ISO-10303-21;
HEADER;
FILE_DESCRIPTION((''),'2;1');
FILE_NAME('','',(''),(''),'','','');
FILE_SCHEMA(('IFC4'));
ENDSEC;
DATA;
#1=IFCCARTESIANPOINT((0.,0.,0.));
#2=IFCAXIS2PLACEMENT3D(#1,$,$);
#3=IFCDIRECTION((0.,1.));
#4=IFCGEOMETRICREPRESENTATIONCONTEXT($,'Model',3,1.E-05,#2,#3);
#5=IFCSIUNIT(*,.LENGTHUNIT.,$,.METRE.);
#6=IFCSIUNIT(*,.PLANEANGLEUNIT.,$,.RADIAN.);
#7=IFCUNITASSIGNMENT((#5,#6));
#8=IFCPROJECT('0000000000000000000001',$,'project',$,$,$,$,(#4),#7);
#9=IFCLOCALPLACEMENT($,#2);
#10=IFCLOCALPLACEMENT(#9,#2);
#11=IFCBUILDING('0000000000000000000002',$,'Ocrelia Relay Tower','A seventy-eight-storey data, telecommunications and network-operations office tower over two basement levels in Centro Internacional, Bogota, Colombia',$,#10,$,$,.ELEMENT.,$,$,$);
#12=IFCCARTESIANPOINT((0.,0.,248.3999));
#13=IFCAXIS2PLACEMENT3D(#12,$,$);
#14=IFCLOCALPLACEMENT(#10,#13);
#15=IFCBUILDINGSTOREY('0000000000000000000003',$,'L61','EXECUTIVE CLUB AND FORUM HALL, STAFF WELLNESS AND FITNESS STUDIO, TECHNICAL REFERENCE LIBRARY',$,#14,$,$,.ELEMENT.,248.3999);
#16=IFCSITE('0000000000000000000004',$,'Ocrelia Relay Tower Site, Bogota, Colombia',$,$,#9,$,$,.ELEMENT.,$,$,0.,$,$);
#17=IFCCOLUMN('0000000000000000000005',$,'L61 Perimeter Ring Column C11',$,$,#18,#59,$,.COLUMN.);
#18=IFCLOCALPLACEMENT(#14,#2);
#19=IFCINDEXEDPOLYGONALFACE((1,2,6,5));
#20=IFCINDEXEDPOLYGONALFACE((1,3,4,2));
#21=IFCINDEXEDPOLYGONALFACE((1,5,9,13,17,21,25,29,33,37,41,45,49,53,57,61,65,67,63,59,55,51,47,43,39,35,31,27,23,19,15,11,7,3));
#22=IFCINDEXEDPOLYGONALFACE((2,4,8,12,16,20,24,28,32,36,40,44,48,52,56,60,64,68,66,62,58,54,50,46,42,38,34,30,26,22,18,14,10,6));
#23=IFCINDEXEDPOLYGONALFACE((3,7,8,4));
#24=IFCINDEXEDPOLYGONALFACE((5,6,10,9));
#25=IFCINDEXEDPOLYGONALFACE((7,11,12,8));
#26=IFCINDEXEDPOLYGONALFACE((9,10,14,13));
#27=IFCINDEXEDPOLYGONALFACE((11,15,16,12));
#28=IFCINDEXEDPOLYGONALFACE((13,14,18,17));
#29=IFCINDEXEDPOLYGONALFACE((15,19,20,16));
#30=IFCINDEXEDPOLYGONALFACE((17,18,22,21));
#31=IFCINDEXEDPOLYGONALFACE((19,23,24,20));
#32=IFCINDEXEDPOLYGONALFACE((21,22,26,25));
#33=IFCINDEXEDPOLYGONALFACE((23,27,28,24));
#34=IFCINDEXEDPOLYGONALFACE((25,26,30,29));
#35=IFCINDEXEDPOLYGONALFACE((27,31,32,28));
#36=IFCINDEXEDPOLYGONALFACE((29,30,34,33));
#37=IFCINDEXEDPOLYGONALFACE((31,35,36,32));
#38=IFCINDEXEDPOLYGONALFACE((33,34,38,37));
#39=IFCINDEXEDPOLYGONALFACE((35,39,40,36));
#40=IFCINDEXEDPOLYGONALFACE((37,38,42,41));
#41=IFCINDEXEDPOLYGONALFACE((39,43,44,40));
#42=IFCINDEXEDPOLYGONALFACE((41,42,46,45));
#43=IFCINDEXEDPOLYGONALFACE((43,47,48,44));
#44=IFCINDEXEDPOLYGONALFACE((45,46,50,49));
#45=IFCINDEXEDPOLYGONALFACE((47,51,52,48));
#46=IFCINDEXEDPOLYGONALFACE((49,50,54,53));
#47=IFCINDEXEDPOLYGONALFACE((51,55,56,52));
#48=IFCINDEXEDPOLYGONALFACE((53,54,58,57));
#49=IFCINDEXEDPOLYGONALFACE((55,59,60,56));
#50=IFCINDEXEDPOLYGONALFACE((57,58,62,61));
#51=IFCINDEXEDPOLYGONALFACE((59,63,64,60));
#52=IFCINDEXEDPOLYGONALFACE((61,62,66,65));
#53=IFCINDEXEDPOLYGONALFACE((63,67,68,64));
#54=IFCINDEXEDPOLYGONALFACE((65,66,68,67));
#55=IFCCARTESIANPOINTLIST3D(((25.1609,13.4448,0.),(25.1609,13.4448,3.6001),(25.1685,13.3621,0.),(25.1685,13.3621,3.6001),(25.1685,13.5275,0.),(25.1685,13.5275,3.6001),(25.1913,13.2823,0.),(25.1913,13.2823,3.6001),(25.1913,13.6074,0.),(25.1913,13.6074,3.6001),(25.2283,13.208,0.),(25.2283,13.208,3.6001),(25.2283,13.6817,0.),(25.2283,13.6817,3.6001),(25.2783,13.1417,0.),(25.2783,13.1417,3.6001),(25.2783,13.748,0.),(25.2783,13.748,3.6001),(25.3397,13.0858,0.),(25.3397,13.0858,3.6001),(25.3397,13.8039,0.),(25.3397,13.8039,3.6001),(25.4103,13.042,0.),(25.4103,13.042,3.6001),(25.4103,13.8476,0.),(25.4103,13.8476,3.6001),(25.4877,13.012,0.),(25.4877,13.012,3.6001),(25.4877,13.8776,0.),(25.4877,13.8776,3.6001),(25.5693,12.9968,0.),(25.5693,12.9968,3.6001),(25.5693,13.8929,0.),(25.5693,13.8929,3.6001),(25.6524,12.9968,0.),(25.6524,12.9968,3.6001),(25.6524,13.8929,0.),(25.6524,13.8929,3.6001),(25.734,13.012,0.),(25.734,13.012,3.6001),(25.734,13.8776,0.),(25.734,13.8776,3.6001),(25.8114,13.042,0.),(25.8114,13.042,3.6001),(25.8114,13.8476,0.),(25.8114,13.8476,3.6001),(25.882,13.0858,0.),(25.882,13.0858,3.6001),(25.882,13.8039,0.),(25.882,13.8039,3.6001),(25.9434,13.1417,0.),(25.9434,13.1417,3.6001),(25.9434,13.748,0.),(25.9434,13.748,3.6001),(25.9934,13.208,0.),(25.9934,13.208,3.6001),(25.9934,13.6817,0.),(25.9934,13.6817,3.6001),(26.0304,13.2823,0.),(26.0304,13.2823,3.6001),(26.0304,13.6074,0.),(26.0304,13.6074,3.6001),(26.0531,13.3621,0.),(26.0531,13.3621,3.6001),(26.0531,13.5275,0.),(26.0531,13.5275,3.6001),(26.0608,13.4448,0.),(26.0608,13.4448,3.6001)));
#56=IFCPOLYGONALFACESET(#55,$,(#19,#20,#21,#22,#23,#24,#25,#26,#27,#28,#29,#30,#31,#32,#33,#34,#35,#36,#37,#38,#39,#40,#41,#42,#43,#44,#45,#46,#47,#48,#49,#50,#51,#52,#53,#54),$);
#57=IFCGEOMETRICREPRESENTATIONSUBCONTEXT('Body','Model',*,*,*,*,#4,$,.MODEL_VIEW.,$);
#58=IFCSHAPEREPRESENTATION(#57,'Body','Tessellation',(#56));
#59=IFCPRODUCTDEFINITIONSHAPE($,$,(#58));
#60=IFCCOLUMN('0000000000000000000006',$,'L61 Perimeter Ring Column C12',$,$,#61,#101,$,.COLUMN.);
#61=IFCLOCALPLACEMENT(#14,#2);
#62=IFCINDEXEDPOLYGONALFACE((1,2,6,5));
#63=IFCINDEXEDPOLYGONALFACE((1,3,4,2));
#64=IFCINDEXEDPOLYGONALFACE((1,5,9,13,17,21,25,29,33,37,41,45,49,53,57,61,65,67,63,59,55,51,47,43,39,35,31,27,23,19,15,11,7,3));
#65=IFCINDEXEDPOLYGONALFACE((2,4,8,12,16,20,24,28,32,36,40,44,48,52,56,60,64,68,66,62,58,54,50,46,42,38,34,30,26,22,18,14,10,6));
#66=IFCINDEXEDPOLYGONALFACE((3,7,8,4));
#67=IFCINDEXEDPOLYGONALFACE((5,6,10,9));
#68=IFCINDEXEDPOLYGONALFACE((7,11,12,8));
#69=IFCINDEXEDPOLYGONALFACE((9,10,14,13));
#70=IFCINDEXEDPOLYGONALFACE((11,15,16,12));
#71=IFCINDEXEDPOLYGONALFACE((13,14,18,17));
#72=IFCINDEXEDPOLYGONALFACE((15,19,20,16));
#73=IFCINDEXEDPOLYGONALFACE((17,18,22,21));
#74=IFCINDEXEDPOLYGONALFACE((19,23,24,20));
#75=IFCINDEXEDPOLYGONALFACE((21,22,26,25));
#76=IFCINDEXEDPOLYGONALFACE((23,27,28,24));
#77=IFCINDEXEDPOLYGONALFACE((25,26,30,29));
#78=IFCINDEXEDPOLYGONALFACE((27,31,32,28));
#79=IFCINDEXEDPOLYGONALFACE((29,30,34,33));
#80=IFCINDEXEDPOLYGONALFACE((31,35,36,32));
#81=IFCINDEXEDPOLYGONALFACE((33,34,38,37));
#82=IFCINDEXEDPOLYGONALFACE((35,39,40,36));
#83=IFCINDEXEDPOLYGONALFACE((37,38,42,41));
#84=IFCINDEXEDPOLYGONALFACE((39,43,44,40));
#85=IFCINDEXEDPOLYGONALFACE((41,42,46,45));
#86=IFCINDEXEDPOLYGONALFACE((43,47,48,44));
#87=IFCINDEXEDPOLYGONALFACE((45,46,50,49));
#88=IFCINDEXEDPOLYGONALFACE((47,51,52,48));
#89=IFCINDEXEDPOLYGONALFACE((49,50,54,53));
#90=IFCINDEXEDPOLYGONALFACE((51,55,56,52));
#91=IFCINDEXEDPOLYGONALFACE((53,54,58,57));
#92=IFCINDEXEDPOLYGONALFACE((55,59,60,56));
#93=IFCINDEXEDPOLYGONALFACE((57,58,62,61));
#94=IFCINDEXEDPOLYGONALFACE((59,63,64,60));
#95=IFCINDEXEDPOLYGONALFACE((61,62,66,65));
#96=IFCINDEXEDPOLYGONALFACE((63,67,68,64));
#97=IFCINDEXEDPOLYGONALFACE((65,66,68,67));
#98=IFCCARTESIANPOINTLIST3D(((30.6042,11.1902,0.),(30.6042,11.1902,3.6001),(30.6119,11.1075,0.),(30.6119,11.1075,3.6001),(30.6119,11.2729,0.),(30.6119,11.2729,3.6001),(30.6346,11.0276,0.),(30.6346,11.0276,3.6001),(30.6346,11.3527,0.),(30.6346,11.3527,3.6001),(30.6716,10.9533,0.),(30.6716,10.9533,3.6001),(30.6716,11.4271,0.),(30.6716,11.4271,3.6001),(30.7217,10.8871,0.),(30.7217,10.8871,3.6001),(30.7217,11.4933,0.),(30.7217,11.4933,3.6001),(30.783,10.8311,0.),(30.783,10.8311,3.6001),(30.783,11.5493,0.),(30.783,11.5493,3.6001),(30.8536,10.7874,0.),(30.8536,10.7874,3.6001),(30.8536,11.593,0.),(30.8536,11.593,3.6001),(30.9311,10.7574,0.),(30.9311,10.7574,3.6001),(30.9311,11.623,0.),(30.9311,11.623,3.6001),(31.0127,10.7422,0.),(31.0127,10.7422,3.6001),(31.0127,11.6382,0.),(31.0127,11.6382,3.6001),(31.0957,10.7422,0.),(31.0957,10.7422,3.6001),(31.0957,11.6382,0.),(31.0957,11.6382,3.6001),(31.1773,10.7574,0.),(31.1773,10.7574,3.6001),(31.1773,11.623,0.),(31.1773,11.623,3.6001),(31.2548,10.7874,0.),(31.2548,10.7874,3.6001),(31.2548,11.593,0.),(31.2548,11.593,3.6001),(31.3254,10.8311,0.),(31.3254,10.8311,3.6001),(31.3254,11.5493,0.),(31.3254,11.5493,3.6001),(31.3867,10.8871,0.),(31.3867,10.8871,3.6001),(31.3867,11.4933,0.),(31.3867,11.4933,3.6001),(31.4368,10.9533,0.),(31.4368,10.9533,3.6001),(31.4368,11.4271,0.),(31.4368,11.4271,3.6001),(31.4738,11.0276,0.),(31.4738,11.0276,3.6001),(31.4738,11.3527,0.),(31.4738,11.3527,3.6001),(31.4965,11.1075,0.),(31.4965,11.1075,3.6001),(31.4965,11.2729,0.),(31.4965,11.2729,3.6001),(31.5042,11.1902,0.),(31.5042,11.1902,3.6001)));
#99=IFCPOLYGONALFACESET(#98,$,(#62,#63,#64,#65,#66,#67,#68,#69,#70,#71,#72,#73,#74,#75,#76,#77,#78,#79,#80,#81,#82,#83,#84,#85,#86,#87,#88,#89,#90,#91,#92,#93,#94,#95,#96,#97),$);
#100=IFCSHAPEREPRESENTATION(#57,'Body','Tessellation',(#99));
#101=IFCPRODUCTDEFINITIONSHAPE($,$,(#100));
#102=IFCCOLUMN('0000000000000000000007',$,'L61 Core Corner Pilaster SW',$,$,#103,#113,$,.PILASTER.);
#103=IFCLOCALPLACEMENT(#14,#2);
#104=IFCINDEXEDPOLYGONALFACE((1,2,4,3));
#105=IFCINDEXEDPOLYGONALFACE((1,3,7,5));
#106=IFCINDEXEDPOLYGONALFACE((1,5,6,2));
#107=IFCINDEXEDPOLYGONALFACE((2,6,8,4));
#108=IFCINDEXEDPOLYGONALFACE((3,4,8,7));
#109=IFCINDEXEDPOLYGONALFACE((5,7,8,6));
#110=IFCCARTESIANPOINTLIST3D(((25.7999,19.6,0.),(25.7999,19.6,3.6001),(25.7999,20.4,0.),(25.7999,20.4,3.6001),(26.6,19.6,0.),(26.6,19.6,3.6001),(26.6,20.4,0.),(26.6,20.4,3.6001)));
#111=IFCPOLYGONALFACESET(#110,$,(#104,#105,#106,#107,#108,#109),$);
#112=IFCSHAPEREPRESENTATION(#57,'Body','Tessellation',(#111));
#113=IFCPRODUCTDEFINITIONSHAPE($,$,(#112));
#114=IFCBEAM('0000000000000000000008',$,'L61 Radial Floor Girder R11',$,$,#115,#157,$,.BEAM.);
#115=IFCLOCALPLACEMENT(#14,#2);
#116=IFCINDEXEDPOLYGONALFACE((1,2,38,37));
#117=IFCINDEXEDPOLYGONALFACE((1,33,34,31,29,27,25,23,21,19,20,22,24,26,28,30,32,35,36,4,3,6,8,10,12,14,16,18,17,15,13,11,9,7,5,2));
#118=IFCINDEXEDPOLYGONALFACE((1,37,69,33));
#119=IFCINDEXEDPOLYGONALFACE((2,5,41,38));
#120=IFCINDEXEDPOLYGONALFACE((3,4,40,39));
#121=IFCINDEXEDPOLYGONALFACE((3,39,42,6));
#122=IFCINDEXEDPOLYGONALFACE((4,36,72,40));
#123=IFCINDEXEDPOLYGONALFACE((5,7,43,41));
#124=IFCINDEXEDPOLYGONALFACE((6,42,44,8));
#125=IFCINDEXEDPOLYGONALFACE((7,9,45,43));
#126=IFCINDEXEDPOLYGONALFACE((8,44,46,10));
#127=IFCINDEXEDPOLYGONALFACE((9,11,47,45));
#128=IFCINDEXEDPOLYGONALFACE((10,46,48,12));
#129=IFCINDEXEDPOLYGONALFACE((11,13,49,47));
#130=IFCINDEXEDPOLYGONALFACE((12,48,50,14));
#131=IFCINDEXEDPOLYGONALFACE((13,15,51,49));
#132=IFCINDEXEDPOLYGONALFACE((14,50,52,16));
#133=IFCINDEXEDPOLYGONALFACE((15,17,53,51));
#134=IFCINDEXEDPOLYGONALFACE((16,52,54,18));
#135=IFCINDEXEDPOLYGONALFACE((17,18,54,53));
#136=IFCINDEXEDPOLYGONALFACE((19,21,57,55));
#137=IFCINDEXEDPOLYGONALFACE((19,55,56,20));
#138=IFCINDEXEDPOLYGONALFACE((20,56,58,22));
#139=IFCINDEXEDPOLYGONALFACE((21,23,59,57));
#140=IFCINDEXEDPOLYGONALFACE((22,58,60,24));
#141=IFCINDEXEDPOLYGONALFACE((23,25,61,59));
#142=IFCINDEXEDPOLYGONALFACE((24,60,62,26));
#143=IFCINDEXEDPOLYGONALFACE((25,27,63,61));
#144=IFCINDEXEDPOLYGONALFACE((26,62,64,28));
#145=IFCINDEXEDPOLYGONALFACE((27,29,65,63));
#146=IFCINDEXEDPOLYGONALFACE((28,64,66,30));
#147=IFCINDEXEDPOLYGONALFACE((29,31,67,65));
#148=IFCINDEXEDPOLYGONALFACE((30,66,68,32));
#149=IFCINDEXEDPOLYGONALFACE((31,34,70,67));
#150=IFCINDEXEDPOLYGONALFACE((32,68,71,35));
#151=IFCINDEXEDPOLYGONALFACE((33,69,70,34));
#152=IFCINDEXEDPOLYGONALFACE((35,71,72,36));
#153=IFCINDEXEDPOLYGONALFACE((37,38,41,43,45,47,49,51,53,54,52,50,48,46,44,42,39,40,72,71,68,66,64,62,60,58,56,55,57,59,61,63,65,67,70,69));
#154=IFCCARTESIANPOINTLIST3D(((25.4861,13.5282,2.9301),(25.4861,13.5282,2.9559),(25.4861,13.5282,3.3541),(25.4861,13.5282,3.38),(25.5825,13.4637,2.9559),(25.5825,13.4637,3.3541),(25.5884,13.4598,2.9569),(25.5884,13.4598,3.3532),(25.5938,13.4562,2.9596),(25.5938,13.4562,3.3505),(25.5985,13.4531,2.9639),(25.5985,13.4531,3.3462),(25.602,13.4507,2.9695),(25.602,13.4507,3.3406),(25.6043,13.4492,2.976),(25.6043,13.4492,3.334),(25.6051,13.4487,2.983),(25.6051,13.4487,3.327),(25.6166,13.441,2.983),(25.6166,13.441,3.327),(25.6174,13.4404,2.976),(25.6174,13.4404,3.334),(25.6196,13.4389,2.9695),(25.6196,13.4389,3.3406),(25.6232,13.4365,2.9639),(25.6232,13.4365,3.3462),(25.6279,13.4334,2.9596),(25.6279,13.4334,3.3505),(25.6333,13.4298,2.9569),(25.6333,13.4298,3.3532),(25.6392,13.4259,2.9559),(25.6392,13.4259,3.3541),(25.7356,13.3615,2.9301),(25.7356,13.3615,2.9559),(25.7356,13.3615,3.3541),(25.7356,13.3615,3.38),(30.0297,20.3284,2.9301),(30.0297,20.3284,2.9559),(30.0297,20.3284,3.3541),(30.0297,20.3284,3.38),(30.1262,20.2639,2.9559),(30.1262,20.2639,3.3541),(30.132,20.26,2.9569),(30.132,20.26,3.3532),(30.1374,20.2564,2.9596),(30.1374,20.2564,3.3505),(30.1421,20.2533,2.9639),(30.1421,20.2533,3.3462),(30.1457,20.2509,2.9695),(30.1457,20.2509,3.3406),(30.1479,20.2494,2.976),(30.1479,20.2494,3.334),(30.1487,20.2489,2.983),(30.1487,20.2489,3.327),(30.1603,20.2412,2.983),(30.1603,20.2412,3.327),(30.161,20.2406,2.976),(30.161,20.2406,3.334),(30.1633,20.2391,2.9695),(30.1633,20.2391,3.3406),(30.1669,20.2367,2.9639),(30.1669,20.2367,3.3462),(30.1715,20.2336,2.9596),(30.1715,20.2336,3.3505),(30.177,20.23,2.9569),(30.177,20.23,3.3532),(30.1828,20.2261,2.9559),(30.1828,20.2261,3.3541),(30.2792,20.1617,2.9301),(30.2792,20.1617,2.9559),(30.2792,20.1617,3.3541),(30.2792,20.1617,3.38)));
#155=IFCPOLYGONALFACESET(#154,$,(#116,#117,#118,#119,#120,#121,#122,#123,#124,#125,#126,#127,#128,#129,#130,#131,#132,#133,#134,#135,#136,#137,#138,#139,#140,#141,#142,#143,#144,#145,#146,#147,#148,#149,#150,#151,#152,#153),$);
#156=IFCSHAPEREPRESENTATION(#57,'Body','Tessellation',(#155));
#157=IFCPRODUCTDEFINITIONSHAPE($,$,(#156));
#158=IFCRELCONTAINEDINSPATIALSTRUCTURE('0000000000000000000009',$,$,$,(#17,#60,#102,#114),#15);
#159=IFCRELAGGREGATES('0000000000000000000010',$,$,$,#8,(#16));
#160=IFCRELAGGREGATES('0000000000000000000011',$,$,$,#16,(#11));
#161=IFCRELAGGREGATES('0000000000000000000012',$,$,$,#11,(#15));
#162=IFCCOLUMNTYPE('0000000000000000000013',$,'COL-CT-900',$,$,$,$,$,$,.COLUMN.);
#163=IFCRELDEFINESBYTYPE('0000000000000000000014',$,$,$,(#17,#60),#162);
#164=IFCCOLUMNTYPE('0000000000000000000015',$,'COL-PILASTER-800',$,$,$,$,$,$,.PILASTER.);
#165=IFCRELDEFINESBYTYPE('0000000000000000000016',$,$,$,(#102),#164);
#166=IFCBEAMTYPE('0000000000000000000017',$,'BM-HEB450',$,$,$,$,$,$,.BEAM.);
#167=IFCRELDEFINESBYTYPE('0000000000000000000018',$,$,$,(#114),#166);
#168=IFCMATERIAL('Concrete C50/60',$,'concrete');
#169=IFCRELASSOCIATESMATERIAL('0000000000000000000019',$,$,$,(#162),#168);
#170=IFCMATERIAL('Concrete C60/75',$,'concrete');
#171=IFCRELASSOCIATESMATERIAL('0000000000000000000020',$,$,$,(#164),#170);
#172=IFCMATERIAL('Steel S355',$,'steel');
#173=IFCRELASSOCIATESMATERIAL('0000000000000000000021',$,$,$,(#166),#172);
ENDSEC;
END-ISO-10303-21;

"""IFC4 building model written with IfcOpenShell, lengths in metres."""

from ifc_helpers import new_model, si_unit, direction, frame, origin, origin_2d, place, context, subcontext, project, spatial, rectangle, circle, i_section, extrude, material, material_profile, profile_set, type_object, element, save


model = new_model("IFC4")

# Units and contexts
model_context = context("Model", 3, precision=1e-05, world=origin(), true_north=direction((0.0, 1.0)))
body_context = subcontext(model_context, "Body", "Model", "MODEL_VIEW")
ifc_project = project(units=[si_unit("LENGTHUNIT", "METRE"), si_unit("PLANEANGLEUNIT", "RADIAN")], contexts=[model_context])

# Site, building, storey
site_placement = place(None, origin())
site = spatial("IfcSite", under=ifc_project, at=site_placement, Name="Ocrelia Relay Tower Site, Bogota, Colombia", CompositionType="ELEMENT", RefElevation=0.0)
building_placement = place(site_placement, origin())
building = spatial("IfcBuilding", under=site, at=building_placement, Name="Ocrelia Relay Tower", Description="A seventy-eight-storey data, telecommunications and network-operations office tower over two basement levels in Centro Internacional, Bogota, Colombia", CompositionType="ELEMENT")
storey_placement = place(building_placement, frame((0.0, 0.0, 248.3999)))
storey = spatial("IfcBuildingStorey", under=building, at=storey_placement, Name="L61", Description="EXECUTIVE CLUB AND FORUM HALL, STAFF WELLNESS AND FITNESS STUDIO, TECHNICAL REFERENCE LIBRARY", CompositionType="ELEMENT", Elevation=248.3999)

# Columns
ifc_material_1 = material(Name="Concrete C50/60", Category="concrete")
ifc_material_profile_1 = material_profile(ifc_material_1, circle(Radius=0.45, at=origin_2d()), Name="RC-CIR-900")
ifc_profile_set_1 = profile_set([ifc_material_profile_1], Name="Concrete C50/60")
column_type_1 = type_object("IfcColumnType", Name="COL-CT-900", PredefinedType="COLUMN", material=ifc_profile_set_1)
for number, where, z_axis, x_axis, name in (
    (1, (25.6108, 13.4448, 0.0), (0.0, 0.0, 1.0), (1.0, 0.0, 0.0), "L61 Perimeter Ring Column C11"),
    (2, (31.0542, 11.1902, 0.0), (0.0, 0.0, 1.0), (1.0, 0.0, 0.0), "L61 Perimeter Ring Column C12"),
):
    element("IfcColumn", number, at=place(storey_placement, frame(where, z_axis=z_axis, x_axis=x_axis)), inside=storey, type_object=column_type_1, Name=name, PredefinedType="COLUMN", context=body_context, shape_type="SweptSolid", body=[
        extrude(circle(Radius=0.45, at=origin_2d()), origin(), (0.0, 0.0, 1.0), 3.6001),
    ])
ifc_material_2 = material(Name="Concrete C60/75", Category="concrete")
ifc_material_profile_2 = material_profile(ifc_material_2, rectangle(XDim=0.8, YDim=0.8, at=origin_2d()), Name="RC-COL-800x800")
ifc_profile_set_2 = profile_set([ifc_material_profile_2], Name="Concrete C60/75")
column_type_2 = type_object("IfcColumnType", Name="COL-PILASTER-800", PredefinedType="PILASTER", material=ifc_profile_set_2)
column_placement = place(storey_placement, frame((26.2, 20.0, 0.0), z_axis=(0.0, 0.0, 1.0), x_axis=(1.0, 0.0, 0.0)))
element("IfcColumn", 3, at=column_placement, inside=storey, type_object=column_type_2, Name="L61 Core Corner Pilaster SW", PredefinedType="PILASTER", context=body_context, shape_type="SweptSolid", body=[
    extrude(rectangle(XDim=0.8, YDim=0.8, at=origin_2d()), origin(), (0.0, 0.0, 1.0), 3.6001),
])

# Beam
ifc_material_3 = material(Name="Steel S355", Category="steel")
ifc_material_profile_3 = material_profile(ifc_material_3, i_section(OverallWidth=0.3, OverallDepth=0.45, WebThickness=0.0139, FlangeThickness=0.0259, FilletRadius=0.0271, at=origin_2d()), Name="HEB 450")
ifc_profile_set_3 = profile_set([ifc_material_profile_3], Name="Steel S355")
beam_type_1 = type_object("IfcBeamType", Name="BM-HEB450", PredefinedType="BEAM", material=ifc_profile_set_3)
beam_1_placement = place(storey_placement, frame((25.6108, 13.4448, 3.155), z_axis=(0.555561, 0.831476, 0.0), x_axis=(-0.831476, 0.555561, 0.0)))
element("IfcBeam", 4, at=beam_1_placement, inside=storey, type_object=beam_type_1, Name="L61 Radial Floor Girder R11", PredefinedType="BEAM", context=body_context, shape_type="SweptSolid", body=[
    extrude(i_section(OverallWidth=0.3, OverallDepth=0.45, WebThickness=0.0139, FlangeThickness=0.0259, FilletRadius=0.0271, at=origin_2d()), origin(), (0.0, 0.0, 1.0), 8.1785),
])

save(model, "model.ifc")
